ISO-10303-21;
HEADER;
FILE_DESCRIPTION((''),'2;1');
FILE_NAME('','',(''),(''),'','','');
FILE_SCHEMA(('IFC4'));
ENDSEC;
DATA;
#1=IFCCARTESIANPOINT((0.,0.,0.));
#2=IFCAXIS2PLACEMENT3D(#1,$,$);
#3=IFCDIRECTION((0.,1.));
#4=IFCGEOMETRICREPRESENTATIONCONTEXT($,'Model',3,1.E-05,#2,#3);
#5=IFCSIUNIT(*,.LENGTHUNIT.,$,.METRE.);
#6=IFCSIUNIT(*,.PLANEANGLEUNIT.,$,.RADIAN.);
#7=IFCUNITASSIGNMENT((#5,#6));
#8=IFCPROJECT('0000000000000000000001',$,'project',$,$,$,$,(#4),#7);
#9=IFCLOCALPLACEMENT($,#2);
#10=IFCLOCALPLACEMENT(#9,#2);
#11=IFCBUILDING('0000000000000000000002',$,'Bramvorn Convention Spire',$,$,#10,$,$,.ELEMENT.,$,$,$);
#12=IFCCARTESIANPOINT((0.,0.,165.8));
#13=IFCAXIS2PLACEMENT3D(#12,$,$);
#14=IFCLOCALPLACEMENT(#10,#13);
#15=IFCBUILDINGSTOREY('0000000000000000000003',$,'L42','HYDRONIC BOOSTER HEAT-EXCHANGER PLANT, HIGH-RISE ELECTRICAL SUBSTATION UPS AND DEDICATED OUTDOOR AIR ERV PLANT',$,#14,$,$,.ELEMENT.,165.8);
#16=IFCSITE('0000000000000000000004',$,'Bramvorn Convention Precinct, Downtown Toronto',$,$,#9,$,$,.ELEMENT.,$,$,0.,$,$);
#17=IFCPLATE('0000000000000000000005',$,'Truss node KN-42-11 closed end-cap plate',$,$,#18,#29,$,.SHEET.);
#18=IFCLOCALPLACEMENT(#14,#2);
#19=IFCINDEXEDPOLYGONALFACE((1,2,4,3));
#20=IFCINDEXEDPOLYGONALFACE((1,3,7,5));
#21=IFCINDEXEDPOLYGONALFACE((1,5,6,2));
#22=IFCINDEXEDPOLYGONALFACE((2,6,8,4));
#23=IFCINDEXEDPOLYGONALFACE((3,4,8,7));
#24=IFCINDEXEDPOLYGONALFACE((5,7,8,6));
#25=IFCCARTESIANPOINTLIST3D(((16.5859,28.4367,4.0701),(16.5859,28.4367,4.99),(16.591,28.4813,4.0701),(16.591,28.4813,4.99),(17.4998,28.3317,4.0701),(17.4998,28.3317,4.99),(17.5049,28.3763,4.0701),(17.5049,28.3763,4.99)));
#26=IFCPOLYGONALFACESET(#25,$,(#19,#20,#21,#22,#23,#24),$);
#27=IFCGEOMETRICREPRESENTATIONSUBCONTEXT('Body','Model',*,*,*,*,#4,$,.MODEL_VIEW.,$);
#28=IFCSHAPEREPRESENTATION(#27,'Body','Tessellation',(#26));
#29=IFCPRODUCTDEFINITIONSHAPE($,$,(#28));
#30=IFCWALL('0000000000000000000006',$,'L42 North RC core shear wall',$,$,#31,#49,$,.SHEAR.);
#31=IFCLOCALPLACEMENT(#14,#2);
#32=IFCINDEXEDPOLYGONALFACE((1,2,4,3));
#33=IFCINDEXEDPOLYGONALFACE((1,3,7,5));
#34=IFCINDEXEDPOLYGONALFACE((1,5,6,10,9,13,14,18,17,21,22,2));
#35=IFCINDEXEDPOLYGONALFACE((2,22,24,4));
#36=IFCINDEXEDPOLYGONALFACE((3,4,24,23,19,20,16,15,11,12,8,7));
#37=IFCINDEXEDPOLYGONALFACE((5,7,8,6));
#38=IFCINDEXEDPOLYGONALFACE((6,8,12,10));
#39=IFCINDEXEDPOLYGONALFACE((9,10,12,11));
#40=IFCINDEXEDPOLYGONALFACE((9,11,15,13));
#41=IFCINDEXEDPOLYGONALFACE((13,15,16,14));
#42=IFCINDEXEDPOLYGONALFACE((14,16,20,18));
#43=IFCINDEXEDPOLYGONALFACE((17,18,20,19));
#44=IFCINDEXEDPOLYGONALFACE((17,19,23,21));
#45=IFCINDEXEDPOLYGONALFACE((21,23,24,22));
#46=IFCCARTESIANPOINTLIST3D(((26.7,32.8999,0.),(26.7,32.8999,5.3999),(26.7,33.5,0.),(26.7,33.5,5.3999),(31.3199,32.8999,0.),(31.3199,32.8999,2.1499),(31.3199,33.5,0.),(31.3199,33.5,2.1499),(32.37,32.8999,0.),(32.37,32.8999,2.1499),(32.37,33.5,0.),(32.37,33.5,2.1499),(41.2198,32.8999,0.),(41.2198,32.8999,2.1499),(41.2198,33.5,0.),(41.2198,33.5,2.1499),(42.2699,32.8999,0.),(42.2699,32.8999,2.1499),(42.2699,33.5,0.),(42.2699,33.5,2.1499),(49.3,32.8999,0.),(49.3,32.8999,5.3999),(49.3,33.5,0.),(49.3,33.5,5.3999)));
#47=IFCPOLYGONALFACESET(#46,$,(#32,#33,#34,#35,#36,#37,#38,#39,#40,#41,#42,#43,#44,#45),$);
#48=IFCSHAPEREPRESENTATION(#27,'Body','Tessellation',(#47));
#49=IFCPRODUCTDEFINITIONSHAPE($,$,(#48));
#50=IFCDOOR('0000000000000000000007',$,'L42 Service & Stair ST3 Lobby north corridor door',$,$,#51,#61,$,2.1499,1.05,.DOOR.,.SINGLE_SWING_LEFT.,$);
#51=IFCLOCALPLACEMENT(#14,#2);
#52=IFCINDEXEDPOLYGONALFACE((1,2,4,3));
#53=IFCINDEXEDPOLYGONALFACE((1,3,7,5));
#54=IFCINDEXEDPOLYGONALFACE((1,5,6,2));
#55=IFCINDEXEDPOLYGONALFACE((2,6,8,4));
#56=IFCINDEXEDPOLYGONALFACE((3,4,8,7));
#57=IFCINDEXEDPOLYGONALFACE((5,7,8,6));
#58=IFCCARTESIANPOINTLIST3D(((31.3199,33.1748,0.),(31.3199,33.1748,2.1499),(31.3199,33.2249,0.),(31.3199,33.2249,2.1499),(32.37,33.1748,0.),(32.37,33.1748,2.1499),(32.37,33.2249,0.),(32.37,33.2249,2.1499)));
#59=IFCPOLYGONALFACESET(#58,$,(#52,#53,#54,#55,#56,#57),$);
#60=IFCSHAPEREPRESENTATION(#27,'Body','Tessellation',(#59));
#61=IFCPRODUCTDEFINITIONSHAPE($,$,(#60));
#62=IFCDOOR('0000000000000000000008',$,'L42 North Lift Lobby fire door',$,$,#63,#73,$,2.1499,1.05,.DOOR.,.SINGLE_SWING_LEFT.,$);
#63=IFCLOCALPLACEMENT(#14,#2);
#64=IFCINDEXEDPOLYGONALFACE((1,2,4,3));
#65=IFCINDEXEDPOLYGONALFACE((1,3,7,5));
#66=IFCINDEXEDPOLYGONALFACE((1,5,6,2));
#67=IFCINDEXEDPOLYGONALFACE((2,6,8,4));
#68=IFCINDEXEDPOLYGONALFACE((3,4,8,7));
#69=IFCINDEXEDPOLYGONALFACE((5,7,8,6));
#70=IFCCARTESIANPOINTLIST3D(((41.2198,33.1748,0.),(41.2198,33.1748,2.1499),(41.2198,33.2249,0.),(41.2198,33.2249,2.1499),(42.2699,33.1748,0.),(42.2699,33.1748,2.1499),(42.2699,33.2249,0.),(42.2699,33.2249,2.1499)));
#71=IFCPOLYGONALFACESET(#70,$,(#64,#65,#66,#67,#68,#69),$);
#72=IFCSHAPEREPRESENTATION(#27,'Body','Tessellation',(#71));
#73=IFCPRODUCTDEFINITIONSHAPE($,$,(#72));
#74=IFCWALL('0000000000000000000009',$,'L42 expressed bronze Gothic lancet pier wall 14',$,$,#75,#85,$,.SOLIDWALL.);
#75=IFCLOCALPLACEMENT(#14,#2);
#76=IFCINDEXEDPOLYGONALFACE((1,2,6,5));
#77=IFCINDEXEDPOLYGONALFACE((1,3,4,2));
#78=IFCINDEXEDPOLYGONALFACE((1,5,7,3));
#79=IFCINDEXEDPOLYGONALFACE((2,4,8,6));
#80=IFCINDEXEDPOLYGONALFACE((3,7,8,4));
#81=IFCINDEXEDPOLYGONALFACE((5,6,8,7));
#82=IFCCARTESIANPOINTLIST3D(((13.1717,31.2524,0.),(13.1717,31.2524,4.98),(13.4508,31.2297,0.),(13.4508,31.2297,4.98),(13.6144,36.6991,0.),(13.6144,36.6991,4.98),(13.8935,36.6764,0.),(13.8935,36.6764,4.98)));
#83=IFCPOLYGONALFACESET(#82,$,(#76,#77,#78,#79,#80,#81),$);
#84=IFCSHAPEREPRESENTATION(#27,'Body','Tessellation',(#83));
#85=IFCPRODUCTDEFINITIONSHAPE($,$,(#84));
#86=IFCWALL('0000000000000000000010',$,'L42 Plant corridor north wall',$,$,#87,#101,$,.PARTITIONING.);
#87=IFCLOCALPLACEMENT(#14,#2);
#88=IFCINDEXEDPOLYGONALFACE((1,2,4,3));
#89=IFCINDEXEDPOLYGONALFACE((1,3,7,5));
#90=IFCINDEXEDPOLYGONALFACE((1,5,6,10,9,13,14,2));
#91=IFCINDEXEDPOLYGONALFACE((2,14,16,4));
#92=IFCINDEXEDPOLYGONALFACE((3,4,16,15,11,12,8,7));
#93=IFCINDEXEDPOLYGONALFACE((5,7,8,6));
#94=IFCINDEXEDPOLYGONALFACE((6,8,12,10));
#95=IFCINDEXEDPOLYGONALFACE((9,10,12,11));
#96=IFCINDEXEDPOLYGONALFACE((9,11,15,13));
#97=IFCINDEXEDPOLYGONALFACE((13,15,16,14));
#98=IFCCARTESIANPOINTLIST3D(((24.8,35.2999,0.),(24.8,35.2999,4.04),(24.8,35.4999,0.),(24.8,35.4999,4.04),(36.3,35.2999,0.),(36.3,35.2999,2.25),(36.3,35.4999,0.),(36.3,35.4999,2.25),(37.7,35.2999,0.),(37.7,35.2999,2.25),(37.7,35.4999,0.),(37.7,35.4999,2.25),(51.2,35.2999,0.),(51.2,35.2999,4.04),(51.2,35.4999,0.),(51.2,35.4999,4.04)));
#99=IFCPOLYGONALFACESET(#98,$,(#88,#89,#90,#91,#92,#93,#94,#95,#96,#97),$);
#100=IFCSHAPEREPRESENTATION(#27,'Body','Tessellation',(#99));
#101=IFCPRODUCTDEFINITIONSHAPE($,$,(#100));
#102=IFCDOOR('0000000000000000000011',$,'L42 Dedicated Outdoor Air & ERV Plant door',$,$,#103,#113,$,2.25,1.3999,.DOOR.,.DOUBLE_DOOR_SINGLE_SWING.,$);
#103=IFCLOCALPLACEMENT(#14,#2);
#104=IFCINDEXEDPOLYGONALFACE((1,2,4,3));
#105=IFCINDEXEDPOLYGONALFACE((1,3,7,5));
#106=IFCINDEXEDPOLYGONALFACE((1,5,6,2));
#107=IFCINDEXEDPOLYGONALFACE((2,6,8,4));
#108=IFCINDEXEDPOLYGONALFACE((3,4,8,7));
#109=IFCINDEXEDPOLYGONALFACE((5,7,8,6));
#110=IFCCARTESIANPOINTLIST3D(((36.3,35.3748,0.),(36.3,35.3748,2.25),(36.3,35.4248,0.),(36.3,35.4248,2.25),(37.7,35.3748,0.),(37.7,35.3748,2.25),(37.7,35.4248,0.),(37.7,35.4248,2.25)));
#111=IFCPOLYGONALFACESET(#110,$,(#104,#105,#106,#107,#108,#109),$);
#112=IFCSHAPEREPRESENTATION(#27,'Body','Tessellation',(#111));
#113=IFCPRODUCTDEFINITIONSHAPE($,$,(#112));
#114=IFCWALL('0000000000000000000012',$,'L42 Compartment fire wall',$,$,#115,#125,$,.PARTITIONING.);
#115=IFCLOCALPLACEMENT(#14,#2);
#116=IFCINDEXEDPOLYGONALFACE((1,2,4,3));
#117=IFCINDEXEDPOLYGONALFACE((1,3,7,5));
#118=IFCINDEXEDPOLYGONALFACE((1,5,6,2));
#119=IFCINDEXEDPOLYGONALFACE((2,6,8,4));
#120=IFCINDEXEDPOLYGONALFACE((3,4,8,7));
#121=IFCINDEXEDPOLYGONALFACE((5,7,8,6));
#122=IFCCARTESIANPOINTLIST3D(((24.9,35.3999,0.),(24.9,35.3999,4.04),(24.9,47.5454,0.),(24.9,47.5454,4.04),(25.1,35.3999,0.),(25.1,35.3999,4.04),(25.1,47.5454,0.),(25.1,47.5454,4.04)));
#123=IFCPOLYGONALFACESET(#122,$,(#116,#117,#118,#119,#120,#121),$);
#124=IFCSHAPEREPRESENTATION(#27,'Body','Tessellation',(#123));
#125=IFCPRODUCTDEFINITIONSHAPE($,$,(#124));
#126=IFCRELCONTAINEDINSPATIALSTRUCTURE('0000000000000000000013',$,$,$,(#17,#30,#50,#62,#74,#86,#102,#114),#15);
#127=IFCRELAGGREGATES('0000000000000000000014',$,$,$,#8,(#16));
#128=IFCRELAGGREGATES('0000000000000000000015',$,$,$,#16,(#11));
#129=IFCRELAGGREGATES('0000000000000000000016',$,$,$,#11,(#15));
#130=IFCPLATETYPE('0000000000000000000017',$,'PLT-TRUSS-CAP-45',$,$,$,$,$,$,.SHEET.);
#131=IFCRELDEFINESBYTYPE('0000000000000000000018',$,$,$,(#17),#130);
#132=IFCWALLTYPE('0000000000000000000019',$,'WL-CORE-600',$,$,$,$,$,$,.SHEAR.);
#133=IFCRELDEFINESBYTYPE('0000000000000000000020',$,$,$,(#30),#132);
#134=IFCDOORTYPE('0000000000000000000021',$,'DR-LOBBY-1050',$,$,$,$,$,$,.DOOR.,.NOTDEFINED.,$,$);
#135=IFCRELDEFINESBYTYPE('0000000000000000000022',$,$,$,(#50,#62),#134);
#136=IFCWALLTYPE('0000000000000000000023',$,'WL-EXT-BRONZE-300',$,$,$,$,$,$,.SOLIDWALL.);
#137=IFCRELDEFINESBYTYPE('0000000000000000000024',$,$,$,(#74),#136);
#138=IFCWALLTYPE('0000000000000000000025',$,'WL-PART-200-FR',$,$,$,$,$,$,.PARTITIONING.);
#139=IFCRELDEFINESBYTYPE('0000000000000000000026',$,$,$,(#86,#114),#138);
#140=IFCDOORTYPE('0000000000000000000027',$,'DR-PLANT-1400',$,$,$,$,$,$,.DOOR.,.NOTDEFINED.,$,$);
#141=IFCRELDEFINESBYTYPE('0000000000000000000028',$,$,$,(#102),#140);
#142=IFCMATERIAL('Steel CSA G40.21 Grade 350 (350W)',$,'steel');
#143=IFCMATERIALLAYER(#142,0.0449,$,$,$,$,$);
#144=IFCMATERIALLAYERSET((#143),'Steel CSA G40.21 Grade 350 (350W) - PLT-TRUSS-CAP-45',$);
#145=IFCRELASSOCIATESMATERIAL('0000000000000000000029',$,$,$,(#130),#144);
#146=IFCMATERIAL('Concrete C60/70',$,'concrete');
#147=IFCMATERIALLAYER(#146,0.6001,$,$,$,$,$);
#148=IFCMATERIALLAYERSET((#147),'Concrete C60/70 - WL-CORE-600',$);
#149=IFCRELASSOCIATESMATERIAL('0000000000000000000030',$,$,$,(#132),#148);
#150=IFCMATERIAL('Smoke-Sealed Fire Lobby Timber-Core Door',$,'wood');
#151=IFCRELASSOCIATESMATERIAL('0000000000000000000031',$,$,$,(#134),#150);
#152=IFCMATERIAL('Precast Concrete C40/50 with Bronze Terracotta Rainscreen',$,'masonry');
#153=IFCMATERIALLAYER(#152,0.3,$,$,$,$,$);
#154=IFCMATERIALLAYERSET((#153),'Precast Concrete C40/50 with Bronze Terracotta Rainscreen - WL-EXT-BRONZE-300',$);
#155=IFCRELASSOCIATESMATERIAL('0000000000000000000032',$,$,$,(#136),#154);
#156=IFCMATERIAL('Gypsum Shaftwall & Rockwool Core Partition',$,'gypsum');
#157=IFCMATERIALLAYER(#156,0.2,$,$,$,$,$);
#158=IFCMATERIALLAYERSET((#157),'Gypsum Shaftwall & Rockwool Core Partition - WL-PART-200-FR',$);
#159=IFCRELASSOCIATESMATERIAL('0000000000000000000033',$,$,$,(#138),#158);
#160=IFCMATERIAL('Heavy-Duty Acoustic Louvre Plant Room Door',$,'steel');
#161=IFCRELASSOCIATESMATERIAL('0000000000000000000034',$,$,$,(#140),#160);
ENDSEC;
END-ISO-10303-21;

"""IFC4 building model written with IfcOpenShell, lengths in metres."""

from ifc_helpers import new_model, si_unit, direction, frame, frame_2d, origin, origin_2d, place, context, subcontext, project, spatial, rectangle, extrude, material, layer, layer_set, type_object, element, fill, save


model = new_model("IFC4")

# Units and contexts
model_context = context("Model", 3, precision=1e-05, world=origin(), true_north=direction((0.0, 1.0)))
body_context = subcontext(model_context, "Body", "Model", "MODEL_VIEW")
ifc_project = project(units=[si_unit("LENGTHUNIT", "METRE"), si_unit("PLANEANGLEUNIT", "RADIAN")], contexts=[model_context])

# Site, building, storey
site_placement = place(None, origin())
site = spatial("IfcSite", under=ifc_project, at=site_placement, Name="Bramvorn Convention Precinct, Downtown Toronto", CompositionType="ELEMENT", RefElevation=0.0)
building_placement = place(site_placement, origin())
building = spatial("IfcBuilding", under=site, at=building_placement, Name="Bramvorn Convention Spire", CompositionType="ELEMENT")
storey_placement = place(building_placement, frame((0.0, 0.0, 165.8)))
storey = spatial("IfcBuildingStorey", under=building, at=storey_placement, Name="L42", Description="HYDRONIC BOOSTER HEAT-EXCHANGER PLANT, HIGH-RISE ELECTRICAL SUBSTATION UPS AND DEDICATED OUTDOOR AIR ERV PLANT", CompositionType="ELEMENT", Elevation=165.8)

# Shared definitions
ifc_material_1 = material(Name="Steel CSA G40.21 Grade 350 (350W)", Category="steel")

# Plate
ifc_layer_1 = layer(ifc_material_1, 0.0449)
ifc_layer_set_1 = layer_set([ifc_layer_1], Name="Steel CSA G40.21 Grade 350 (350W) - PLT-TRUSS-CAP-45")
plate_type_1 = type_object("IfcPlateType", Name="PLT-TRUSS-CAP-45", PredefinedType="SHEET", material=ifc_layer_set_1)
plate_1_placement = place(storey_placement, frame((17.0454, 28.4065, 4.0701), z_axis=(0.0, 0.0, 1.0), x_axis=(-0.99347, 0.114098, 0.0)))
element("IfcPlate", 1, at=plate_1_placement, inside=storey, type_object=plate_type_1, Name="Truss node KN-42-11 closed end-cap plate", PredefinedType="SHEET", context=body_context, shape_type="SweptSolid", body=[
    extrude(rectangle(XDim=0.9199, YDim=0.0449, at=origin_2d()), origin(), (0.0, 0.0, 1.0), 0.9199),
])

# Wall, openings, doors
ifc_material_2 = material(Name="Concrete C60/70", Category="concrete")
ifc_layer_2 = layer(ifc_material_2, 0.6001)
ifc_layer_set_2 = layer_set([ifc_layer_2], Name="Concrete C60/70 - WL-CORE-600")
wall_type_1 = type_object("IfcWallType", Name="WL-CORE-600", PredefinedType="SHEAR", material=ifc_layer_set_2)
wall_1_placement = place(storey_placement, frame((26.7, 33.2, 0.0), z_axis=(0.0, 0.0, 1.0), x_axis=(1.0, 0.0, 0.0)))
wall_1 = element("IfcWall", 2, at=wall_1_placement, inside=storey, type_object=wall_type_1, Name="L42 North RC core shear wall", PredefinedType="SHEAR", context=body_context, shape_type="SweptSolid", body=[
    extrude(rectangle(XDim=22.6001, YDim=0.6001, at=frame_2d((11.3, 0.0))), origin(), (0.0, 0.0, 1.0), 5.3999),
])
opening_1_placement = place(wall_1_placement, frame((4.6201, 0.0, 0.0)))
opening_1 = element("IfcOpeningElement", 3, at=opening_1_placement, cuts=wall_1, PredefinedType="OPENING", context=body_context, shape_type="SweptSolid", body=[
    extrude(rectangle(XDim=1.05, YDim=2.1499, at=frame_2d((0.5249, 1.075))), frame((0.0, 0.3101, 0.0), z_axis=(0.0, -1.0, 0.0), x_axis=(1.0, 0.0, 0.0)), (0.0, 0.0, 1.0), 0.6201),
])
opening_2_placement = place(wall_1_placement, frame((14.52, 0.0, 0.0)))
opening_2 = element("IfcOpeningElement", 4, at=opening_2_placement, cuts=wall_1, PredefinedType="OPENING", context=body_context, shape_type="SweptSolid", body=[
    extrude(rectangle(XDim=1.05, YDim=2.1499, at=frame_2d((0.5249, 1.075))), frame((0.0, 0.3101, 0.0), z_axis=(0.0, -1.0, 0.0), x_axis=(1.0, 0.0, 0.0)), (0.0, 0.0, 1.0), 0.6201),
])
ifc_material_3 = material(Name="Smoke-Sealed Fire Lobby Timber-Core Door", Category="wood")
door_type_1 = type_object("IfcDoorType", Name="DR-LOBBY-1050", OperationType="NOTDEFINED", PredefinedType="DOOR", material=ifc_material_3)
door_1_placement = place(opening_1_placement, origin())
door_1 = element("IfcDoor", 5, at=door_1_placement, inside=storey, type_object=door_type_1, Name="L42 Service & Stair ST3 Lobby north corridor door", OperationType="SINGLE_SWING_LEFT", OverallHeight=2.1499, OverallWidth=1.05, PredefinedType="DOOR", context=body_context, shape_type="SweptSolid", body=[
    extrude(rectangle(XDim=1.05, YDim=2.1499, at=frame_2d((0.5249, 1.075))), frame((0.0, 0.0249, 0.0), z_axis=(0.0, -1.0, 0.0), x_axis=(1.0, 0.0, 0.0)), (0.0, 0.0, 1.0), 0.05),
])
fill(opening_1, door_1)
door_2_placement = place(opening_2_placement, origin())
door_2 = element("IfcDoor", 6, at=door_2_placement, inside=storey, type_object=door_type_1, Name="L42 North Lift Lobby fire door", OperationType="SINGLE_SWING_LEFT", OverallHeight=2.1499, OverallWidth=1.05, PredefinedType="DOOR", context=body_context, shape_type="SweptSolid", body=[
    extrude(rectangle(XDim=1.05, YDim=2.1499, at=frame_2d((0.5249, 1.075))), frame((0.0, 0.0249, 0.0), z_axis=(0.0, -1.0, 0.0), x_axis=(1.0, 0.0, 0.0)), (0.0, 0.0, 1.0), 0.05),
])
fill(opening_2, door_2)

# Wall
ifc_material_4 = material(Name="Precast Concrete C40/50 with Bronze Terracotta Rainscreen", Category="masonry")
ifc_layer_3 = layer(ifc_material_4, 0.3)
ifc_layer_set_3 = layer_set([ifc_layer_3], Name="Precast Concrete C40/50 with Bronze Terracotta Rainscreen - WL-EXT-BRONZE-300")
wall_type_2 = type_object("IfcWallType", Name="WL-EXT-BRONZE-300", PredefinedType="SOLIDWALL", material=ifc_layer_set_3)
wall_2_placement = place(storey_placement, frame((13.3113, 31.241, 0.0), z_axis=(0.0, 0.0, 1.0), x_axis=(0.081001, 0.996714, 0.0)))
element("IfcWall", 7, at=wall_2_placement, inside=storey, type_object=wall_type_2, Name="L42 expressed bronze Gothic lancet pier wall 14", PredefinedType="SOLIDWALL", context=body_context, shape_type="SweptSolid", body=[
    extrude(rectangle(XDim=5.4646, YDim=0.28, at=frame_2d((2.7324, 0.0))), origin(), (0.0, 0.0, 1.0), 4.98),
])

# Wall, opening, door
ifc_material_5 = material(Name="Gypsum Shaftwall & Rockwool Core Partition", Category="gypsum")
ifc_layer_4 = layer(ifc_material_5, 0.2)
ifc_layer_set_4 = layer_set([ifc_layer_4], Name="Gypsum Shaftwall & Rockwool Core Partition - WL-PART-200-FR")
wall_type_3 = type_object("IfcWallType", Name="WL-PART-200-FR", PredefinedType="PARTITIONING", material=ifc_layer_set_4)
wall_3_placement = place(storey_placement, frame((24.8, 35.3999, 0.0), z_axis=(0.0, 0.0, 1.0), x_axis=(1.0, 0.0, 0.0)))
wall_3 = element("IfcWall", 8, at=wall_3_placement, inside=storey, type_object=wall_type_3, Name="L42 Plant corridor north wall", PredefinedType="PARTITIONING", context=body_context, shape_type="SweptSolid", body=[
    extrude(rectangle(XDim=26.3999, YDim=0.2, at=frame_2d((13.2, 0.0))), origin(), (0.0, 0.0, 1.0), 4.04),
])
opening_3_placement = place(wall_3_placement, frame((11.5, 0.0, 0.0)))
opening_3 = element("IfcOpeningElement", 9, at=opening_3_placement, cuts=wall_3, PredefinedType="OPENING", context=body_context, shape_type="SweptSolid", body=[
    extrude(rectangle(XDim=1.3999, YDim=2.25, at=frame_2d((0.7, 1.125))), frame((0.0, 0.1099, 0.0), z_axis=(0.0, -1.0, 0.0), x_axis=(1.0, 0.0, 0.0)), (0.0, 0.0, 1.0), 0.22),
])
ifc_material_6 = material(Name="Heavy-Duty Acoustic Louvre Plant Room Door", Category="steel")
door_type_2 = type_object("IfcDoorType", Name="DR-PLANT-1400", OperationType="NOTDEFINED", PredefinedType="DOOR", material=ifc_material_6)
door_3_placement = place(opening_3_placement, origin())
door_3 = element("IfcDoor", 10, at=door_3_placement, inside=storey, type_object=door_type_2, Name="L42 Dedicated Outdoor Air & ERV Plant door", OperationType="DOUBLE_DOOR_SINGLE_SWING", OverallHeight=2.25, OverallWidth=1.3999, PredefinedType="DOOR", context=body_context, shape_type="SweptSolid", body=[
    extrude(rectangle(XDim=1.3999, YDim=2.25, at=frame_2d((0.7, 1.125))), frame((0.0, 0.0249, 0.0), z_axis=(0.0, -1.0, 0.0), x_axis=(1.0, 0.0, 0.0)), (0.0, 0.0, 1.0), 0.05),
])
fill(opening_3, door_3)

# Wall
wall_4_placement = place(storey_placement, frame((25.0, 35.3999, 0.0), z_axis=(0.0, 0.0, 1.0), x_axis=(0.0, 1.0, 0.0)))
element("IfcWall", 11, at=wall_4_placement, inside=storey, type_object=wall_type_3, Name="L42 Compartment fire wall", PredefinedType="PARTITIONING", context=body_context, shape_type="SweptSolid", body=[
    extrude(rectangle(XDim=12.1455, YDim=0.2, at=frame_2d((6.0728, 0.0))), origin(), (0.0, 0.0, 1.0), 4.04),
])

save(model, "model.ifc")
